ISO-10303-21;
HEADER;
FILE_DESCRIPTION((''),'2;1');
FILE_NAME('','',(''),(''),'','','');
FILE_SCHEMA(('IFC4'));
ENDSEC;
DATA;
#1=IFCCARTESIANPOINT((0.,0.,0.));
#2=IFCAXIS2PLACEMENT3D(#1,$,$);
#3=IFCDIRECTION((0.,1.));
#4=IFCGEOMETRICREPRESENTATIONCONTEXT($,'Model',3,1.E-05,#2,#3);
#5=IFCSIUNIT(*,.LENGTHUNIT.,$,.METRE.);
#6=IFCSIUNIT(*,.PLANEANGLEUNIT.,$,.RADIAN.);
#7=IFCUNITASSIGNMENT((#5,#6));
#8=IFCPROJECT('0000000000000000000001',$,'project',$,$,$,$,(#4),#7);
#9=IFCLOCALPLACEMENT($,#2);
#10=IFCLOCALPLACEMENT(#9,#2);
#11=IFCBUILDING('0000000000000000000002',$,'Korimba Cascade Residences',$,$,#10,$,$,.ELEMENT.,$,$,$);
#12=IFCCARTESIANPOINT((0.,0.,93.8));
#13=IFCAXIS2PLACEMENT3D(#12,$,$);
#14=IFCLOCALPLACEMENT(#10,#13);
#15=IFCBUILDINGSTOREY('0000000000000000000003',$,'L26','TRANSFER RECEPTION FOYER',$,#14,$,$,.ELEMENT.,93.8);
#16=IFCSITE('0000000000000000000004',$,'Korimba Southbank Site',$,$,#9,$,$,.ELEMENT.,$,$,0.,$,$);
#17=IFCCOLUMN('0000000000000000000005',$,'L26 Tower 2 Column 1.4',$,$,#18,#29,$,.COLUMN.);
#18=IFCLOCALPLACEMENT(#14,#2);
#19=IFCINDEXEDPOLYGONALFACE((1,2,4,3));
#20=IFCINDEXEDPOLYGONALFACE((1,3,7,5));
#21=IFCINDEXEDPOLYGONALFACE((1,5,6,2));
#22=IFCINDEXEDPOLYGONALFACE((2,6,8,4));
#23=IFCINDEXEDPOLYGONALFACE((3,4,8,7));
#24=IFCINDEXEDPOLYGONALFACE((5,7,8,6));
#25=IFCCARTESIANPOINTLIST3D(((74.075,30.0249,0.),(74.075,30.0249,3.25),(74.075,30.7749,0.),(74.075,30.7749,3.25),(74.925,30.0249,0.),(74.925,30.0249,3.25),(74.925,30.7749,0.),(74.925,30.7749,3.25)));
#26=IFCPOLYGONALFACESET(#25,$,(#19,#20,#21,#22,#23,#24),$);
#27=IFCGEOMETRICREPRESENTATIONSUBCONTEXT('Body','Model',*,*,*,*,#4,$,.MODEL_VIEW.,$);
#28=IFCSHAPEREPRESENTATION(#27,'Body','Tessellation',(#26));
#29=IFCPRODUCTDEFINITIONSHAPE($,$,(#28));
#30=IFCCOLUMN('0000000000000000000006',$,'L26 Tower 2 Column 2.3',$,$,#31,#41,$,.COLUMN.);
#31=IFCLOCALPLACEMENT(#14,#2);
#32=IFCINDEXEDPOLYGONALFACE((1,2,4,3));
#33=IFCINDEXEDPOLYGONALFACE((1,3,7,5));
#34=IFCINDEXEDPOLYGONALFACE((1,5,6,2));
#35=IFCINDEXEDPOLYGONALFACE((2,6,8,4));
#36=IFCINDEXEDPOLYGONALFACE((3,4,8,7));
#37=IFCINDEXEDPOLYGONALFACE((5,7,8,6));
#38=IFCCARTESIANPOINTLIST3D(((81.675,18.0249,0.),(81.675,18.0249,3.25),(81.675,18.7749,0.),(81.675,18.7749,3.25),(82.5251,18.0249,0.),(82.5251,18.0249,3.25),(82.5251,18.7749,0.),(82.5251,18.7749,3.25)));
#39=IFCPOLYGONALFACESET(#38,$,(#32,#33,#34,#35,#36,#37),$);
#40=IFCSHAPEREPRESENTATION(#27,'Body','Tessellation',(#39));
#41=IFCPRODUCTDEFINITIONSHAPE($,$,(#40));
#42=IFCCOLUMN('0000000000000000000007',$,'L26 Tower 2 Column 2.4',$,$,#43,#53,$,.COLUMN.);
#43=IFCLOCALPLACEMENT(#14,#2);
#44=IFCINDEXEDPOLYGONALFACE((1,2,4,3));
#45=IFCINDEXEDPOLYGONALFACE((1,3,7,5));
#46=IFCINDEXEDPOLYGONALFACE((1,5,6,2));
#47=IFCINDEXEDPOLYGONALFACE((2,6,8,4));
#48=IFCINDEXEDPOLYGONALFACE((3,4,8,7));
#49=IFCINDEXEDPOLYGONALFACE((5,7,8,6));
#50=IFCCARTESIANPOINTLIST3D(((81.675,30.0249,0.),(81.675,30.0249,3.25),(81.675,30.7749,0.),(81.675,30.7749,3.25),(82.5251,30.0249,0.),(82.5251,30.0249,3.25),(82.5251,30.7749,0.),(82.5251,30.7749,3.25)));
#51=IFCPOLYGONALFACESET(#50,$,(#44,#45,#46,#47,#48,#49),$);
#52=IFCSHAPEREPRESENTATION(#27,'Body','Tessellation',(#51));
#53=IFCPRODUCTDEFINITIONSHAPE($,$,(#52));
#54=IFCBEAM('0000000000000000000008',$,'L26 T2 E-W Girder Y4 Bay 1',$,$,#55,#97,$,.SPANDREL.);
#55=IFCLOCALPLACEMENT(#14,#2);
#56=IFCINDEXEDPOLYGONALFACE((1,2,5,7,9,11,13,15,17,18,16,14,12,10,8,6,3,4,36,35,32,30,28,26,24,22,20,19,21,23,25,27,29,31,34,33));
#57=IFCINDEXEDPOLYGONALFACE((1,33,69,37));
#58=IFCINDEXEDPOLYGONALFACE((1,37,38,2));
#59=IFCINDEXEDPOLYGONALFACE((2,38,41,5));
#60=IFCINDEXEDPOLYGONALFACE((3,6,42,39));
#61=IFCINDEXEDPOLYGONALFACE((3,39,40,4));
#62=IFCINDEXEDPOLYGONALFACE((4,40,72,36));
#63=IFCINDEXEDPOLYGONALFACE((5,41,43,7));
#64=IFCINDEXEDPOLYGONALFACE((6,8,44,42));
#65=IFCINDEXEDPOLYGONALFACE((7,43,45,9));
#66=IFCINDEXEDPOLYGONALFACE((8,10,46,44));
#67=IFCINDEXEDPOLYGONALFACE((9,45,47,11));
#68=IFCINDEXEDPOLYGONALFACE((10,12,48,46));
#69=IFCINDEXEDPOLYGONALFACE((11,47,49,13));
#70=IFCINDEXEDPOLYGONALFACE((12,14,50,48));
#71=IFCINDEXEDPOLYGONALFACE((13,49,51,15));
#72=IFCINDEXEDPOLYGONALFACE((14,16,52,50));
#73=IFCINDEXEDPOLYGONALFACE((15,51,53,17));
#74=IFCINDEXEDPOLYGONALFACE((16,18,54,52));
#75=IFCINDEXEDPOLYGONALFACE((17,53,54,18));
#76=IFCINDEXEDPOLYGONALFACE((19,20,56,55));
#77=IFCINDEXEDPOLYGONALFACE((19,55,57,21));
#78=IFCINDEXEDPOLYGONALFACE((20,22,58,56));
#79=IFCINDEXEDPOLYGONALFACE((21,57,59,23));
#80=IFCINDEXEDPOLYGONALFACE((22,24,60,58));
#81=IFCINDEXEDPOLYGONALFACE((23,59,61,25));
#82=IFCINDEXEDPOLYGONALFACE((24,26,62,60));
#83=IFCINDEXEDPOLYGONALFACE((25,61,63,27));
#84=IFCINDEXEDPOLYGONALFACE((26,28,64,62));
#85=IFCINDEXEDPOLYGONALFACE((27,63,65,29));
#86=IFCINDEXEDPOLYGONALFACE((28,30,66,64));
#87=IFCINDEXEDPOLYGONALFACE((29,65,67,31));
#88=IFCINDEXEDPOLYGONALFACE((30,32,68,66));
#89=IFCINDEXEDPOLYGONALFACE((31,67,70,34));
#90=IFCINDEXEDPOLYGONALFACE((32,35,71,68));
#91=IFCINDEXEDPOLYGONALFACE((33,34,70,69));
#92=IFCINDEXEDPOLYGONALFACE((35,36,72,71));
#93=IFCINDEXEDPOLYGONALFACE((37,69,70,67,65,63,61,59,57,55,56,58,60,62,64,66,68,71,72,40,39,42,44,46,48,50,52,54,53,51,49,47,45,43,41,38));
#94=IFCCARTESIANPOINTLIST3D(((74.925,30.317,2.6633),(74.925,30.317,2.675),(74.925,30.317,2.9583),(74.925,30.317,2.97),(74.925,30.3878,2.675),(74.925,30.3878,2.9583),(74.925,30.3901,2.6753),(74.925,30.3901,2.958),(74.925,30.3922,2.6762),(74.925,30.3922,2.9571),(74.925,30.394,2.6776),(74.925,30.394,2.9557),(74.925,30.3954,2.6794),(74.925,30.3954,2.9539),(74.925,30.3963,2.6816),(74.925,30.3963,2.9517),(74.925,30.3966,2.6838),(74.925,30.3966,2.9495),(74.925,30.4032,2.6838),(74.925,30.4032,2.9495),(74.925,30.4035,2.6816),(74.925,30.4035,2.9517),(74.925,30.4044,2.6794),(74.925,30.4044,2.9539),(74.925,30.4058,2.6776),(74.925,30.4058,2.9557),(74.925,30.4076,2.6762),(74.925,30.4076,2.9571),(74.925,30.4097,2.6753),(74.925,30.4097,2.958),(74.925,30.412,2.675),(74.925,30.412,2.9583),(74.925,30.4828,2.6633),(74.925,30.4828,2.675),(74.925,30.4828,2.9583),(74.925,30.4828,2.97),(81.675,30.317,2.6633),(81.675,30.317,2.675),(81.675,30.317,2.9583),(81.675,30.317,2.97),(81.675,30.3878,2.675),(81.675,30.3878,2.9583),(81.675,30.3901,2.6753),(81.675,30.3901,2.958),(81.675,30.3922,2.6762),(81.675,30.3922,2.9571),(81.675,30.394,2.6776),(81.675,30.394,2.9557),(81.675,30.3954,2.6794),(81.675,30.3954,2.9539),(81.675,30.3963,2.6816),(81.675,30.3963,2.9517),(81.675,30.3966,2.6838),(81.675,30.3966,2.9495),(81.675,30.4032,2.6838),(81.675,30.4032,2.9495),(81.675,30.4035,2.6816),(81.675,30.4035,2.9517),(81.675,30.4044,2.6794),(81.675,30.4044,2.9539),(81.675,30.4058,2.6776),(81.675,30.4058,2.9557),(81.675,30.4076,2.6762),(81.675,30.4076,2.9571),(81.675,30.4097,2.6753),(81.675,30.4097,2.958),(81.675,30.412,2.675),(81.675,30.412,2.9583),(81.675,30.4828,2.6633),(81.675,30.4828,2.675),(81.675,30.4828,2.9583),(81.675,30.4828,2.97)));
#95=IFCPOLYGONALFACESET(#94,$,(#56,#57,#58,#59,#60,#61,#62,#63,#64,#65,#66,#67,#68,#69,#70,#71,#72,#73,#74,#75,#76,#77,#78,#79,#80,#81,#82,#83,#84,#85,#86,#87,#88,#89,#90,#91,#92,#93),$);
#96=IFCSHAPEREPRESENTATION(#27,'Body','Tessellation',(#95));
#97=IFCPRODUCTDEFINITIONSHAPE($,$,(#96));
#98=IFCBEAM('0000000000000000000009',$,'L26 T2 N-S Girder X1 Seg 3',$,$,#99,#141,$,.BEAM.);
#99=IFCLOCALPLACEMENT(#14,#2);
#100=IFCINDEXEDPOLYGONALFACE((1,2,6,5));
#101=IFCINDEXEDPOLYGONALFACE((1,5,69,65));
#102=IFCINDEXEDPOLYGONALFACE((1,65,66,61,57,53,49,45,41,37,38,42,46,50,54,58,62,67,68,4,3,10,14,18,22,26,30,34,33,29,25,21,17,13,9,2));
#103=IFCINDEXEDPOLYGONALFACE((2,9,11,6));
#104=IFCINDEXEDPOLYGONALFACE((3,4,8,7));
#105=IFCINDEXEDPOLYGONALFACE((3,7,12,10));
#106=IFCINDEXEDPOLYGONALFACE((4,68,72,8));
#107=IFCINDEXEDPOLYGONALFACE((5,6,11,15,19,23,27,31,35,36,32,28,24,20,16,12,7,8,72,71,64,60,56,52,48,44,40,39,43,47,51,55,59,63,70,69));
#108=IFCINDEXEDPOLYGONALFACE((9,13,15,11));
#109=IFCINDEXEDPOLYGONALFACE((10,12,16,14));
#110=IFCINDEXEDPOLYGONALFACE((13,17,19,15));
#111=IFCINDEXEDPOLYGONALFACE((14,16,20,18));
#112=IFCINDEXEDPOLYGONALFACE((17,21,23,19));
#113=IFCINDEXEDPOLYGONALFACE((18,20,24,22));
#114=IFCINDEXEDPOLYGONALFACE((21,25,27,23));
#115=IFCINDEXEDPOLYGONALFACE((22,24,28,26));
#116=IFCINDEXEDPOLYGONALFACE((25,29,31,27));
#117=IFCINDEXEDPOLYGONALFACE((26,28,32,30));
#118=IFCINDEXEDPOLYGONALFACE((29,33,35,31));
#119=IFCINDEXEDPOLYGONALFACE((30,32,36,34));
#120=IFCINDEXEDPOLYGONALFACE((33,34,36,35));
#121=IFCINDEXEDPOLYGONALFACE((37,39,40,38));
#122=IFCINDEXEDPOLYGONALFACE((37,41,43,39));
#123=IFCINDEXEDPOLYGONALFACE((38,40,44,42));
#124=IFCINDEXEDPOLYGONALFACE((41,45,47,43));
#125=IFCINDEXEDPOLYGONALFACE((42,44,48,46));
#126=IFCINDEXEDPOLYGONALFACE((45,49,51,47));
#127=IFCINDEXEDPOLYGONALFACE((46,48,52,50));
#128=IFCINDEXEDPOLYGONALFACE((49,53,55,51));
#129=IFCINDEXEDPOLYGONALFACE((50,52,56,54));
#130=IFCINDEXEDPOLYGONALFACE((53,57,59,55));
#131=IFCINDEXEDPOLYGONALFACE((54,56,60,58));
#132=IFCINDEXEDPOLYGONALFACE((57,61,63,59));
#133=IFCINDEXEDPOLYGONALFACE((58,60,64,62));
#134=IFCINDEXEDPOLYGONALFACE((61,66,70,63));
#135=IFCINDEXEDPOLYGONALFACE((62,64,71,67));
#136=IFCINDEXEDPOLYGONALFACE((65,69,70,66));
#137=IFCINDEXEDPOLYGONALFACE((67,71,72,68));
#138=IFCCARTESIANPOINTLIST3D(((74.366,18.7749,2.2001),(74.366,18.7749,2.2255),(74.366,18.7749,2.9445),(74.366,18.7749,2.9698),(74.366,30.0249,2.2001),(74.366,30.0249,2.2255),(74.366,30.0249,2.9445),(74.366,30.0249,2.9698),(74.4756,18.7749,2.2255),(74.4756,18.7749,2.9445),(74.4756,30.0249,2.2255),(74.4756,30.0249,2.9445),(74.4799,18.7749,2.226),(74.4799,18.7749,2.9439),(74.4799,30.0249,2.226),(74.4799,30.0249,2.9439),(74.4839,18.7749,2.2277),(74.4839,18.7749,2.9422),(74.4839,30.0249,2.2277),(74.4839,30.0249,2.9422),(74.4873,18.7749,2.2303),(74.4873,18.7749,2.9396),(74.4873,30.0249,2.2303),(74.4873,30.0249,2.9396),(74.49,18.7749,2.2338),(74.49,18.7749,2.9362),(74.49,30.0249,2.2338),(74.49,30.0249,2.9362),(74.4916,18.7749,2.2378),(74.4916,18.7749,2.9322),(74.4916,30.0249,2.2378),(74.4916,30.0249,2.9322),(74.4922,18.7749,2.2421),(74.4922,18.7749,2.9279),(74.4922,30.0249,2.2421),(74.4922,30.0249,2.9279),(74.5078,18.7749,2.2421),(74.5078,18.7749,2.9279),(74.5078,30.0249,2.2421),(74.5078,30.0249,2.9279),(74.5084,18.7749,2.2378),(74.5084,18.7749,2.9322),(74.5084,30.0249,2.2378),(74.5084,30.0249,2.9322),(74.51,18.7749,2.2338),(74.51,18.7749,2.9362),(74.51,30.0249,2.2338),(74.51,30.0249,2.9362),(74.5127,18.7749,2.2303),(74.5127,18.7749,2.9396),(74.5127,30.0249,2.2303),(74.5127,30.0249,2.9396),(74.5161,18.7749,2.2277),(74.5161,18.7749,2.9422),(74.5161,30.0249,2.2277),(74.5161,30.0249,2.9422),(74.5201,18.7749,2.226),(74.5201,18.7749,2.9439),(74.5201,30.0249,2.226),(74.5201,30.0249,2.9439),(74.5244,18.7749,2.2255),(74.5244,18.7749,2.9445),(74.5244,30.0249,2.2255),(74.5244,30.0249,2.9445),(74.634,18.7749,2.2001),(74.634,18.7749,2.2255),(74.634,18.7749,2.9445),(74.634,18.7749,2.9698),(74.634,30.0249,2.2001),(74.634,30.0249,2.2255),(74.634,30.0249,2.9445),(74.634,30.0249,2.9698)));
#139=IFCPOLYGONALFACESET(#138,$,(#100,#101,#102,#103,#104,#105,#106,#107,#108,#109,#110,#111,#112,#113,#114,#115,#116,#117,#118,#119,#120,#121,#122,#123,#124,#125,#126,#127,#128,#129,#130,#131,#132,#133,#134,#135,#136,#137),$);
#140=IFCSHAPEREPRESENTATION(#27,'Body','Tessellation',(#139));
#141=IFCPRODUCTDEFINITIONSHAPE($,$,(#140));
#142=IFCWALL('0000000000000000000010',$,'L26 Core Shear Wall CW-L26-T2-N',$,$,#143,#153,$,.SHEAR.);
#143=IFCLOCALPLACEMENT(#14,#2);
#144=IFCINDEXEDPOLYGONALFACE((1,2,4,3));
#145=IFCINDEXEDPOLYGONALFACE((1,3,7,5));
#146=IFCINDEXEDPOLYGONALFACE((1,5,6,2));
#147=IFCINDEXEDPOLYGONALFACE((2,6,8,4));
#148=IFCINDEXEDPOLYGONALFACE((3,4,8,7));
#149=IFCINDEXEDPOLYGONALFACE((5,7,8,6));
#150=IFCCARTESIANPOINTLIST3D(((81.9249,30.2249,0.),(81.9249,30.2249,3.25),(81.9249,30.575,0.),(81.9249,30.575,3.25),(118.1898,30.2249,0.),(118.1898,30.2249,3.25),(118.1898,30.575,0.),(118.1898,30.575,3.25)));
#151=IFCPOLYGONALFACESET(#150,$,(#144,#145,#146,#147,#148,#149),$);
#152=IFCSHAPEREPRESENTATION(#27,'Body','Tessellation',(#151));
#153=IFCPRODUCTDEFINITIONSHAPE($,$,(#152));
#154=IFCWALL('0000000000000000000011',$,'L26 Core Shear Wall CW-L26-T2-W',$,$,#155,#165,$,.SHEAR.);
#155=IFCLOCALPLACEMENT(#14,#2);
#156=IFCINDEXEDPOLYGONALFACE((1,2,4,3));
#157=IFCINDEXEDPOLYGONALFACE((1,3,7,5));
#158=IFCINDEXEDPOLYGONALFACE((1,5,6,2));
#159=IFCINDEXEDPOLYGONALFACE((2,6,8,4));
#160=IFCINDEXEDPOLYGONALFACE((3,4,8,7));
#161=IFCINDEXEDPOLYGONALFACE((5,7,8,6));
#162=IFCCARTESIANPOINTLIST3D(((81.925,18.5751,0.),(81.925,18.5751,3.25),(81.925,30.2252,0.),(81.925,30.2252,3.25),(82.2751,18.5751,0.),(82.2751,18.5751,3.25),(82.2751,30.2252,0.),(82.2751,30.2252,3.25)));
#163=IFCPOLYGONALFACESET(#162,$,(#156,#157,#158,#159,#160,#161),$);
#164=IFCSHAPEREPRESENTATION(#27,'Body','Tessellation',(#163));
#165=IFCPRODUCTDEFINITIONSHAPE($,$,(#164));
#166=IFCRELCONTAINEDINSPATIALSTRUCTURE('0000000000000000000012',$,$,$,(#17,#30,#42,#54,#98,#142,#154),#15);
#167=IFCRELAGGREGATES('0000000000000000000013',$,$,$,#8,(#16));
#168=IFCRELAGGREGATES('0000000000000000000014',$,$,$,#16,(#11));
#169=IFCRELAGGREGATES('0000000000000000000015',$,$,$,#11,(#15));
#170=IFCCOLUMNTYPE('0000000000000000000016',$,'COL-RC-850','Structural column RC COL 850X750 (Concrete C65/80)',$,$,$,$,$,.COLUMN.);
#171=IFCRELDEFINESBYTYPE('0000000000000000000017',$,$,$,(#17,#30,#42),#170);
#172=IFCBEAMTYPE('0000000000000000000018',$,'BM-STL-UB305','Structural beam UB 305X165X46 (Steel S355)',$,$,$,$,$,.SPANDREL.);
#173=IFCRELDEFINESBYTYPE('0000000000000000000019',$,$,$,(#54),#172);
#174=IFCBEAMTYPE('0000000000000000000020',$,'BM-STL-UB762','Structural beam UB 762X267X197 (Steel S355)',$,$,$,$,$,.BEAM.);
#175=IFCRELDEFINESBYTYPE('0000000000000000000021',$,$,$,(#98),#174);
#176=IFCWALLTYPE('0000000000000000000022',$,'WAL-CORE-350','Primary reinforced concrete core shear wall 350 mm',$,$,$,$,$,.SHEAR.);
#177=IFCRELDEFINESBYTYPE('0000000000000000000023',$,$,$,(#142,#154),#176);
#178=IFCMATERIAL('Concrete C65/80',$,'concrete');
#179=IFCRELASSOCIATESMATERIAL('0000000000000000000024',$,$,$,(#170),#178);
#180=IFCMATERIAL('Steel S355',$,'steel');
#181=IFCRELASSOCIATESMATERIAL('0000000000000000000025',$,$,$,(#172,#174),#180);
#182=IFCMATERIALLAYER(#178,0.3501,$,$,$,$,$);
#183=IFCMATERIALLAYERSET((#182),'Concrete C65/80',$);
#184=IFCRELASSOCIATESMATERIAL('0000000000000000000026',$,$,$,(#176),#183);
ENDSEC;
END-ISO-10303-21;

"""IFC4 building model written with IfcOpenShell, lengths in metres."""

from ifc_helpers import new_model, si_unit, direction, frame, frame_2d, origin, origin_2d, place, context, subcontext, project, spatial, rectangle, i_section, extrude, material, layer, layer_set, material_profile, profile_set, type_object, element, save


model = new_model("IFC4")

# Units and contexts
model_context = context("Model", 3, precision=1e-05, world=origin(), true_north=direction((0.0, 1.0)))
body_context = subcontext(model_context, "Body", "Model", "MODEL_VIEW")
ifc_project = project(units=[si_unit("LENGTHUNIT", "METRE"), si_unit("PLANEANGLEUNIT", "RADIAN")], contexts=[model_context])

# Site, building, storey
site_placement = place(None, origin())
site = spatial("IfcSite", under=ifc_project, at=site_placement, Name="Korimba Southbank Site", CompositionType="ELEMENT", RefElevation=0.0)
building_placement = place(site_placement, origin())
building = spatial("IfcBuilding", under=site, at=building_placement, Name="Korimba Cascade Residences", CompositionType="ELEMENT")
storey_placement = place(building_placement, frame((0.0, 0.0, 93.8)))
storey = spatial("IfcBuildingStorey", under=building, at=storey_placement, Name="L26", Description="TRANSFER RECEPTION FOYER", CompositionType="ELEMENT", Elevation=93.8)

# Columns
ifc_material_1 = material(Name="Concrete C65/80", Category="concrete")
ifc_material_profile_1 = material_profile(ifc_material_1, rectangle(XDim=0.8501, YDim=0.75, at=origin_2d()), Name="Concrete C65/80")
ifc_profile_set_1 = profile_set([ifc_material_profile_1], Name="Concrete C65/80")
column_type = type_object("IfcColumnType", Name="COL-RC-850", Description="Structural column RC COL 850X750 (Concrete C65/80)", PredefinedType="COLUMN", material=ifc_profile_set_1)
for number, where, z_axis, x_axis, name in (
    (1, (74.5, 30.3999, 0.0), (0.0, 0.0, 1.0), (1.0, 0.0, 0.0), "L26 Tower 2 Column 1.4"),
    (2, (82.1001, 18.3999, 0.0), (0.0, 0.0, 1.0), (1.0, 0.0, 0.0), "L26 Tower 2 Column 2.3"),
    (3, (82.1001, 30.3999, 0.0), (0.0, 0.0, 1.0), (1.0, 0.0, 0.0), "L26 Tower 2 Column 2.4"),
):
    element("IfcColumn", number, at=place(storey_placement, frame(where, z_axis=z_axis, x_axis=x_axis)), inside=storey, type_object=column_type, Name=name, PredefinedType="COLUMN", context=body_context, shape_type="SweptSolid", body=[
        extrude(rectangle(XDim=0.8501, YDim=0.75, at=origin_2d()), origin(), (0.0, 0.0, 1.0), 3.25),
    ])

# Beams
ifc_material_2 = material(Name="Steel S355", Category="steel")
ifc_material_profile_2 = material_profile(ifc_material_2, i_section(OverallWidth=0.1658, OverallDepth=0.3066, WebThickness=0.0066, FlangeThickness=0.0117, FilletRadius=0.0088, at=origin_2d()), Name="Steel S355")
ifc_profile_set_2 = profile_set([ifc_material_profile_2], Name="Steel S355")
beam_type_1 = type_object("IfcBeamType", Name="BM-STL-UB305", Description="Structural beam UB 305X165X46 (Steel S355)", PredefinedType="SPANDREL", material=ifc_profile_set_2)
beam_1_placement = place(storey_placement, frame((74.925, 30.3999, 2.8167), z_axis=(1.0, 0.0, 0.0), x_axis=(0.0, 1.0, 0.0)))
element("IfcBeam", 4, at=beam_1_placement, inside=storey, type_object=beam_type_1, Name="L26 T2 E-W Girder Y4 Bay 1", PredefinedType="SPANDREL", context=body_context, shape_type="SweptSolid", body=[
    extrude(i_section(OverallWidth=0.1658, OverallDepth=0.3066, WebThickness=0.0066, FlangeThickness=0.0117, FilletRadius=0.0088, at=origin_2d()), origin(), (0.0, 0.0, 1.0), 6.75),
])
ifc_material_profile_3 = material_profile(ifc_material_2, i_section(OverallWidth=0.2681, OverallDepth=0.7698, WebThickness=0.0156, FlangeThickness=0.0254, FilletRadius=0.0166, at=origin_2d()), Name="Steel S355")
ifc_profile_set_3 = profile_set([ifc_material_profile_3], Name="Steel S355")
beam_type_2 = type_object("IfcBeamType", Name="BM-STL-UB762", Description="Structural beam UB 762X267X197 (Steel S355)", PredefinedType="BEAM", material=ifc_profile_set_3)
beam_2_placement = place(storey_placement, frame((74.5, 18.7749, 2.585), z_axis=(0.0, 1.0, 0.0), x_axis=(-1.0, 0.0, 0.0)))
element("IfcBeam", 5, at=beam_2_placement, inside=storey, type_object=beam_type_2, Name="L26 T2 N-S Girder X1 Seg 3", PredefinedType="BEAM", context=body_context, shape_type="SweptSolid", body=[
    extrude(i_section(OverallWidth=0.2681, OverallDepth=0.7698, WebThickness=0.0156, FlangeThickness=0.0254, FilletRadius=0.0166, at=origin_2d()), origin(), (0.0, 0.0, 1.0), 11.25),
])

# Walls
ifc_layer_1 = layer(ifc_material_1, 0.3501)
ifc_layer_set_1 = layer_set([ifc_layer_1], Name="Concrete C65/80")
wall_type_1 = type_object("IfcWallType", Name="WAL-CORE-350", Description="Primary reinforced concrete core shear wall 350 mm", PredefinedType="SHEAR", material=ifc_layer_set_1)
wall_1_placement = place(storey_placement, frame((81.925, 30.3999, 0.0), z_axis=(0.0, 0.0, 1.0), x_axis=(1.0, 0.0, 0.0)))
element("IfcWall", 6, at=wall_1_placement, inside=storey, type_object=wall_type_1, Name="L26 Core Shear Wall CW-L26-T2-N", PredefinedType="SHEAR", context=body_context, shape_type="SweptSolid", body=[
    extrude(rectangle(XDim=36.2649, YDim=0.3501, at=frame_2d((18.1323, 0.0))), origin(), (0.0, 0.0, 1.0), 3.25),
])
wall_2_placement = place(storey_placement, frame((82.1001, 18.575, 0.0), z_axis=(0.0, 0.0, 1.0), x_axis=(0.0, 1.0, 0.0)))
element("IfcWall", 7, at=wall_2_placement, inside=storey, type_object=wall_type_1, Name="L26 Core Shear Wall CW-L26-T2-W", PredefinedType="SHEAR", context=body_context, shape_type="SweptSolid", body=[
    extrude(rectangle(XDim=11.6501, YDim=0.3501, at=frame_2d((5.8252, 0.0))), origin(), (0.0, 0.0, 1.0), 3.25),
])

save(model, "model.ifc")
